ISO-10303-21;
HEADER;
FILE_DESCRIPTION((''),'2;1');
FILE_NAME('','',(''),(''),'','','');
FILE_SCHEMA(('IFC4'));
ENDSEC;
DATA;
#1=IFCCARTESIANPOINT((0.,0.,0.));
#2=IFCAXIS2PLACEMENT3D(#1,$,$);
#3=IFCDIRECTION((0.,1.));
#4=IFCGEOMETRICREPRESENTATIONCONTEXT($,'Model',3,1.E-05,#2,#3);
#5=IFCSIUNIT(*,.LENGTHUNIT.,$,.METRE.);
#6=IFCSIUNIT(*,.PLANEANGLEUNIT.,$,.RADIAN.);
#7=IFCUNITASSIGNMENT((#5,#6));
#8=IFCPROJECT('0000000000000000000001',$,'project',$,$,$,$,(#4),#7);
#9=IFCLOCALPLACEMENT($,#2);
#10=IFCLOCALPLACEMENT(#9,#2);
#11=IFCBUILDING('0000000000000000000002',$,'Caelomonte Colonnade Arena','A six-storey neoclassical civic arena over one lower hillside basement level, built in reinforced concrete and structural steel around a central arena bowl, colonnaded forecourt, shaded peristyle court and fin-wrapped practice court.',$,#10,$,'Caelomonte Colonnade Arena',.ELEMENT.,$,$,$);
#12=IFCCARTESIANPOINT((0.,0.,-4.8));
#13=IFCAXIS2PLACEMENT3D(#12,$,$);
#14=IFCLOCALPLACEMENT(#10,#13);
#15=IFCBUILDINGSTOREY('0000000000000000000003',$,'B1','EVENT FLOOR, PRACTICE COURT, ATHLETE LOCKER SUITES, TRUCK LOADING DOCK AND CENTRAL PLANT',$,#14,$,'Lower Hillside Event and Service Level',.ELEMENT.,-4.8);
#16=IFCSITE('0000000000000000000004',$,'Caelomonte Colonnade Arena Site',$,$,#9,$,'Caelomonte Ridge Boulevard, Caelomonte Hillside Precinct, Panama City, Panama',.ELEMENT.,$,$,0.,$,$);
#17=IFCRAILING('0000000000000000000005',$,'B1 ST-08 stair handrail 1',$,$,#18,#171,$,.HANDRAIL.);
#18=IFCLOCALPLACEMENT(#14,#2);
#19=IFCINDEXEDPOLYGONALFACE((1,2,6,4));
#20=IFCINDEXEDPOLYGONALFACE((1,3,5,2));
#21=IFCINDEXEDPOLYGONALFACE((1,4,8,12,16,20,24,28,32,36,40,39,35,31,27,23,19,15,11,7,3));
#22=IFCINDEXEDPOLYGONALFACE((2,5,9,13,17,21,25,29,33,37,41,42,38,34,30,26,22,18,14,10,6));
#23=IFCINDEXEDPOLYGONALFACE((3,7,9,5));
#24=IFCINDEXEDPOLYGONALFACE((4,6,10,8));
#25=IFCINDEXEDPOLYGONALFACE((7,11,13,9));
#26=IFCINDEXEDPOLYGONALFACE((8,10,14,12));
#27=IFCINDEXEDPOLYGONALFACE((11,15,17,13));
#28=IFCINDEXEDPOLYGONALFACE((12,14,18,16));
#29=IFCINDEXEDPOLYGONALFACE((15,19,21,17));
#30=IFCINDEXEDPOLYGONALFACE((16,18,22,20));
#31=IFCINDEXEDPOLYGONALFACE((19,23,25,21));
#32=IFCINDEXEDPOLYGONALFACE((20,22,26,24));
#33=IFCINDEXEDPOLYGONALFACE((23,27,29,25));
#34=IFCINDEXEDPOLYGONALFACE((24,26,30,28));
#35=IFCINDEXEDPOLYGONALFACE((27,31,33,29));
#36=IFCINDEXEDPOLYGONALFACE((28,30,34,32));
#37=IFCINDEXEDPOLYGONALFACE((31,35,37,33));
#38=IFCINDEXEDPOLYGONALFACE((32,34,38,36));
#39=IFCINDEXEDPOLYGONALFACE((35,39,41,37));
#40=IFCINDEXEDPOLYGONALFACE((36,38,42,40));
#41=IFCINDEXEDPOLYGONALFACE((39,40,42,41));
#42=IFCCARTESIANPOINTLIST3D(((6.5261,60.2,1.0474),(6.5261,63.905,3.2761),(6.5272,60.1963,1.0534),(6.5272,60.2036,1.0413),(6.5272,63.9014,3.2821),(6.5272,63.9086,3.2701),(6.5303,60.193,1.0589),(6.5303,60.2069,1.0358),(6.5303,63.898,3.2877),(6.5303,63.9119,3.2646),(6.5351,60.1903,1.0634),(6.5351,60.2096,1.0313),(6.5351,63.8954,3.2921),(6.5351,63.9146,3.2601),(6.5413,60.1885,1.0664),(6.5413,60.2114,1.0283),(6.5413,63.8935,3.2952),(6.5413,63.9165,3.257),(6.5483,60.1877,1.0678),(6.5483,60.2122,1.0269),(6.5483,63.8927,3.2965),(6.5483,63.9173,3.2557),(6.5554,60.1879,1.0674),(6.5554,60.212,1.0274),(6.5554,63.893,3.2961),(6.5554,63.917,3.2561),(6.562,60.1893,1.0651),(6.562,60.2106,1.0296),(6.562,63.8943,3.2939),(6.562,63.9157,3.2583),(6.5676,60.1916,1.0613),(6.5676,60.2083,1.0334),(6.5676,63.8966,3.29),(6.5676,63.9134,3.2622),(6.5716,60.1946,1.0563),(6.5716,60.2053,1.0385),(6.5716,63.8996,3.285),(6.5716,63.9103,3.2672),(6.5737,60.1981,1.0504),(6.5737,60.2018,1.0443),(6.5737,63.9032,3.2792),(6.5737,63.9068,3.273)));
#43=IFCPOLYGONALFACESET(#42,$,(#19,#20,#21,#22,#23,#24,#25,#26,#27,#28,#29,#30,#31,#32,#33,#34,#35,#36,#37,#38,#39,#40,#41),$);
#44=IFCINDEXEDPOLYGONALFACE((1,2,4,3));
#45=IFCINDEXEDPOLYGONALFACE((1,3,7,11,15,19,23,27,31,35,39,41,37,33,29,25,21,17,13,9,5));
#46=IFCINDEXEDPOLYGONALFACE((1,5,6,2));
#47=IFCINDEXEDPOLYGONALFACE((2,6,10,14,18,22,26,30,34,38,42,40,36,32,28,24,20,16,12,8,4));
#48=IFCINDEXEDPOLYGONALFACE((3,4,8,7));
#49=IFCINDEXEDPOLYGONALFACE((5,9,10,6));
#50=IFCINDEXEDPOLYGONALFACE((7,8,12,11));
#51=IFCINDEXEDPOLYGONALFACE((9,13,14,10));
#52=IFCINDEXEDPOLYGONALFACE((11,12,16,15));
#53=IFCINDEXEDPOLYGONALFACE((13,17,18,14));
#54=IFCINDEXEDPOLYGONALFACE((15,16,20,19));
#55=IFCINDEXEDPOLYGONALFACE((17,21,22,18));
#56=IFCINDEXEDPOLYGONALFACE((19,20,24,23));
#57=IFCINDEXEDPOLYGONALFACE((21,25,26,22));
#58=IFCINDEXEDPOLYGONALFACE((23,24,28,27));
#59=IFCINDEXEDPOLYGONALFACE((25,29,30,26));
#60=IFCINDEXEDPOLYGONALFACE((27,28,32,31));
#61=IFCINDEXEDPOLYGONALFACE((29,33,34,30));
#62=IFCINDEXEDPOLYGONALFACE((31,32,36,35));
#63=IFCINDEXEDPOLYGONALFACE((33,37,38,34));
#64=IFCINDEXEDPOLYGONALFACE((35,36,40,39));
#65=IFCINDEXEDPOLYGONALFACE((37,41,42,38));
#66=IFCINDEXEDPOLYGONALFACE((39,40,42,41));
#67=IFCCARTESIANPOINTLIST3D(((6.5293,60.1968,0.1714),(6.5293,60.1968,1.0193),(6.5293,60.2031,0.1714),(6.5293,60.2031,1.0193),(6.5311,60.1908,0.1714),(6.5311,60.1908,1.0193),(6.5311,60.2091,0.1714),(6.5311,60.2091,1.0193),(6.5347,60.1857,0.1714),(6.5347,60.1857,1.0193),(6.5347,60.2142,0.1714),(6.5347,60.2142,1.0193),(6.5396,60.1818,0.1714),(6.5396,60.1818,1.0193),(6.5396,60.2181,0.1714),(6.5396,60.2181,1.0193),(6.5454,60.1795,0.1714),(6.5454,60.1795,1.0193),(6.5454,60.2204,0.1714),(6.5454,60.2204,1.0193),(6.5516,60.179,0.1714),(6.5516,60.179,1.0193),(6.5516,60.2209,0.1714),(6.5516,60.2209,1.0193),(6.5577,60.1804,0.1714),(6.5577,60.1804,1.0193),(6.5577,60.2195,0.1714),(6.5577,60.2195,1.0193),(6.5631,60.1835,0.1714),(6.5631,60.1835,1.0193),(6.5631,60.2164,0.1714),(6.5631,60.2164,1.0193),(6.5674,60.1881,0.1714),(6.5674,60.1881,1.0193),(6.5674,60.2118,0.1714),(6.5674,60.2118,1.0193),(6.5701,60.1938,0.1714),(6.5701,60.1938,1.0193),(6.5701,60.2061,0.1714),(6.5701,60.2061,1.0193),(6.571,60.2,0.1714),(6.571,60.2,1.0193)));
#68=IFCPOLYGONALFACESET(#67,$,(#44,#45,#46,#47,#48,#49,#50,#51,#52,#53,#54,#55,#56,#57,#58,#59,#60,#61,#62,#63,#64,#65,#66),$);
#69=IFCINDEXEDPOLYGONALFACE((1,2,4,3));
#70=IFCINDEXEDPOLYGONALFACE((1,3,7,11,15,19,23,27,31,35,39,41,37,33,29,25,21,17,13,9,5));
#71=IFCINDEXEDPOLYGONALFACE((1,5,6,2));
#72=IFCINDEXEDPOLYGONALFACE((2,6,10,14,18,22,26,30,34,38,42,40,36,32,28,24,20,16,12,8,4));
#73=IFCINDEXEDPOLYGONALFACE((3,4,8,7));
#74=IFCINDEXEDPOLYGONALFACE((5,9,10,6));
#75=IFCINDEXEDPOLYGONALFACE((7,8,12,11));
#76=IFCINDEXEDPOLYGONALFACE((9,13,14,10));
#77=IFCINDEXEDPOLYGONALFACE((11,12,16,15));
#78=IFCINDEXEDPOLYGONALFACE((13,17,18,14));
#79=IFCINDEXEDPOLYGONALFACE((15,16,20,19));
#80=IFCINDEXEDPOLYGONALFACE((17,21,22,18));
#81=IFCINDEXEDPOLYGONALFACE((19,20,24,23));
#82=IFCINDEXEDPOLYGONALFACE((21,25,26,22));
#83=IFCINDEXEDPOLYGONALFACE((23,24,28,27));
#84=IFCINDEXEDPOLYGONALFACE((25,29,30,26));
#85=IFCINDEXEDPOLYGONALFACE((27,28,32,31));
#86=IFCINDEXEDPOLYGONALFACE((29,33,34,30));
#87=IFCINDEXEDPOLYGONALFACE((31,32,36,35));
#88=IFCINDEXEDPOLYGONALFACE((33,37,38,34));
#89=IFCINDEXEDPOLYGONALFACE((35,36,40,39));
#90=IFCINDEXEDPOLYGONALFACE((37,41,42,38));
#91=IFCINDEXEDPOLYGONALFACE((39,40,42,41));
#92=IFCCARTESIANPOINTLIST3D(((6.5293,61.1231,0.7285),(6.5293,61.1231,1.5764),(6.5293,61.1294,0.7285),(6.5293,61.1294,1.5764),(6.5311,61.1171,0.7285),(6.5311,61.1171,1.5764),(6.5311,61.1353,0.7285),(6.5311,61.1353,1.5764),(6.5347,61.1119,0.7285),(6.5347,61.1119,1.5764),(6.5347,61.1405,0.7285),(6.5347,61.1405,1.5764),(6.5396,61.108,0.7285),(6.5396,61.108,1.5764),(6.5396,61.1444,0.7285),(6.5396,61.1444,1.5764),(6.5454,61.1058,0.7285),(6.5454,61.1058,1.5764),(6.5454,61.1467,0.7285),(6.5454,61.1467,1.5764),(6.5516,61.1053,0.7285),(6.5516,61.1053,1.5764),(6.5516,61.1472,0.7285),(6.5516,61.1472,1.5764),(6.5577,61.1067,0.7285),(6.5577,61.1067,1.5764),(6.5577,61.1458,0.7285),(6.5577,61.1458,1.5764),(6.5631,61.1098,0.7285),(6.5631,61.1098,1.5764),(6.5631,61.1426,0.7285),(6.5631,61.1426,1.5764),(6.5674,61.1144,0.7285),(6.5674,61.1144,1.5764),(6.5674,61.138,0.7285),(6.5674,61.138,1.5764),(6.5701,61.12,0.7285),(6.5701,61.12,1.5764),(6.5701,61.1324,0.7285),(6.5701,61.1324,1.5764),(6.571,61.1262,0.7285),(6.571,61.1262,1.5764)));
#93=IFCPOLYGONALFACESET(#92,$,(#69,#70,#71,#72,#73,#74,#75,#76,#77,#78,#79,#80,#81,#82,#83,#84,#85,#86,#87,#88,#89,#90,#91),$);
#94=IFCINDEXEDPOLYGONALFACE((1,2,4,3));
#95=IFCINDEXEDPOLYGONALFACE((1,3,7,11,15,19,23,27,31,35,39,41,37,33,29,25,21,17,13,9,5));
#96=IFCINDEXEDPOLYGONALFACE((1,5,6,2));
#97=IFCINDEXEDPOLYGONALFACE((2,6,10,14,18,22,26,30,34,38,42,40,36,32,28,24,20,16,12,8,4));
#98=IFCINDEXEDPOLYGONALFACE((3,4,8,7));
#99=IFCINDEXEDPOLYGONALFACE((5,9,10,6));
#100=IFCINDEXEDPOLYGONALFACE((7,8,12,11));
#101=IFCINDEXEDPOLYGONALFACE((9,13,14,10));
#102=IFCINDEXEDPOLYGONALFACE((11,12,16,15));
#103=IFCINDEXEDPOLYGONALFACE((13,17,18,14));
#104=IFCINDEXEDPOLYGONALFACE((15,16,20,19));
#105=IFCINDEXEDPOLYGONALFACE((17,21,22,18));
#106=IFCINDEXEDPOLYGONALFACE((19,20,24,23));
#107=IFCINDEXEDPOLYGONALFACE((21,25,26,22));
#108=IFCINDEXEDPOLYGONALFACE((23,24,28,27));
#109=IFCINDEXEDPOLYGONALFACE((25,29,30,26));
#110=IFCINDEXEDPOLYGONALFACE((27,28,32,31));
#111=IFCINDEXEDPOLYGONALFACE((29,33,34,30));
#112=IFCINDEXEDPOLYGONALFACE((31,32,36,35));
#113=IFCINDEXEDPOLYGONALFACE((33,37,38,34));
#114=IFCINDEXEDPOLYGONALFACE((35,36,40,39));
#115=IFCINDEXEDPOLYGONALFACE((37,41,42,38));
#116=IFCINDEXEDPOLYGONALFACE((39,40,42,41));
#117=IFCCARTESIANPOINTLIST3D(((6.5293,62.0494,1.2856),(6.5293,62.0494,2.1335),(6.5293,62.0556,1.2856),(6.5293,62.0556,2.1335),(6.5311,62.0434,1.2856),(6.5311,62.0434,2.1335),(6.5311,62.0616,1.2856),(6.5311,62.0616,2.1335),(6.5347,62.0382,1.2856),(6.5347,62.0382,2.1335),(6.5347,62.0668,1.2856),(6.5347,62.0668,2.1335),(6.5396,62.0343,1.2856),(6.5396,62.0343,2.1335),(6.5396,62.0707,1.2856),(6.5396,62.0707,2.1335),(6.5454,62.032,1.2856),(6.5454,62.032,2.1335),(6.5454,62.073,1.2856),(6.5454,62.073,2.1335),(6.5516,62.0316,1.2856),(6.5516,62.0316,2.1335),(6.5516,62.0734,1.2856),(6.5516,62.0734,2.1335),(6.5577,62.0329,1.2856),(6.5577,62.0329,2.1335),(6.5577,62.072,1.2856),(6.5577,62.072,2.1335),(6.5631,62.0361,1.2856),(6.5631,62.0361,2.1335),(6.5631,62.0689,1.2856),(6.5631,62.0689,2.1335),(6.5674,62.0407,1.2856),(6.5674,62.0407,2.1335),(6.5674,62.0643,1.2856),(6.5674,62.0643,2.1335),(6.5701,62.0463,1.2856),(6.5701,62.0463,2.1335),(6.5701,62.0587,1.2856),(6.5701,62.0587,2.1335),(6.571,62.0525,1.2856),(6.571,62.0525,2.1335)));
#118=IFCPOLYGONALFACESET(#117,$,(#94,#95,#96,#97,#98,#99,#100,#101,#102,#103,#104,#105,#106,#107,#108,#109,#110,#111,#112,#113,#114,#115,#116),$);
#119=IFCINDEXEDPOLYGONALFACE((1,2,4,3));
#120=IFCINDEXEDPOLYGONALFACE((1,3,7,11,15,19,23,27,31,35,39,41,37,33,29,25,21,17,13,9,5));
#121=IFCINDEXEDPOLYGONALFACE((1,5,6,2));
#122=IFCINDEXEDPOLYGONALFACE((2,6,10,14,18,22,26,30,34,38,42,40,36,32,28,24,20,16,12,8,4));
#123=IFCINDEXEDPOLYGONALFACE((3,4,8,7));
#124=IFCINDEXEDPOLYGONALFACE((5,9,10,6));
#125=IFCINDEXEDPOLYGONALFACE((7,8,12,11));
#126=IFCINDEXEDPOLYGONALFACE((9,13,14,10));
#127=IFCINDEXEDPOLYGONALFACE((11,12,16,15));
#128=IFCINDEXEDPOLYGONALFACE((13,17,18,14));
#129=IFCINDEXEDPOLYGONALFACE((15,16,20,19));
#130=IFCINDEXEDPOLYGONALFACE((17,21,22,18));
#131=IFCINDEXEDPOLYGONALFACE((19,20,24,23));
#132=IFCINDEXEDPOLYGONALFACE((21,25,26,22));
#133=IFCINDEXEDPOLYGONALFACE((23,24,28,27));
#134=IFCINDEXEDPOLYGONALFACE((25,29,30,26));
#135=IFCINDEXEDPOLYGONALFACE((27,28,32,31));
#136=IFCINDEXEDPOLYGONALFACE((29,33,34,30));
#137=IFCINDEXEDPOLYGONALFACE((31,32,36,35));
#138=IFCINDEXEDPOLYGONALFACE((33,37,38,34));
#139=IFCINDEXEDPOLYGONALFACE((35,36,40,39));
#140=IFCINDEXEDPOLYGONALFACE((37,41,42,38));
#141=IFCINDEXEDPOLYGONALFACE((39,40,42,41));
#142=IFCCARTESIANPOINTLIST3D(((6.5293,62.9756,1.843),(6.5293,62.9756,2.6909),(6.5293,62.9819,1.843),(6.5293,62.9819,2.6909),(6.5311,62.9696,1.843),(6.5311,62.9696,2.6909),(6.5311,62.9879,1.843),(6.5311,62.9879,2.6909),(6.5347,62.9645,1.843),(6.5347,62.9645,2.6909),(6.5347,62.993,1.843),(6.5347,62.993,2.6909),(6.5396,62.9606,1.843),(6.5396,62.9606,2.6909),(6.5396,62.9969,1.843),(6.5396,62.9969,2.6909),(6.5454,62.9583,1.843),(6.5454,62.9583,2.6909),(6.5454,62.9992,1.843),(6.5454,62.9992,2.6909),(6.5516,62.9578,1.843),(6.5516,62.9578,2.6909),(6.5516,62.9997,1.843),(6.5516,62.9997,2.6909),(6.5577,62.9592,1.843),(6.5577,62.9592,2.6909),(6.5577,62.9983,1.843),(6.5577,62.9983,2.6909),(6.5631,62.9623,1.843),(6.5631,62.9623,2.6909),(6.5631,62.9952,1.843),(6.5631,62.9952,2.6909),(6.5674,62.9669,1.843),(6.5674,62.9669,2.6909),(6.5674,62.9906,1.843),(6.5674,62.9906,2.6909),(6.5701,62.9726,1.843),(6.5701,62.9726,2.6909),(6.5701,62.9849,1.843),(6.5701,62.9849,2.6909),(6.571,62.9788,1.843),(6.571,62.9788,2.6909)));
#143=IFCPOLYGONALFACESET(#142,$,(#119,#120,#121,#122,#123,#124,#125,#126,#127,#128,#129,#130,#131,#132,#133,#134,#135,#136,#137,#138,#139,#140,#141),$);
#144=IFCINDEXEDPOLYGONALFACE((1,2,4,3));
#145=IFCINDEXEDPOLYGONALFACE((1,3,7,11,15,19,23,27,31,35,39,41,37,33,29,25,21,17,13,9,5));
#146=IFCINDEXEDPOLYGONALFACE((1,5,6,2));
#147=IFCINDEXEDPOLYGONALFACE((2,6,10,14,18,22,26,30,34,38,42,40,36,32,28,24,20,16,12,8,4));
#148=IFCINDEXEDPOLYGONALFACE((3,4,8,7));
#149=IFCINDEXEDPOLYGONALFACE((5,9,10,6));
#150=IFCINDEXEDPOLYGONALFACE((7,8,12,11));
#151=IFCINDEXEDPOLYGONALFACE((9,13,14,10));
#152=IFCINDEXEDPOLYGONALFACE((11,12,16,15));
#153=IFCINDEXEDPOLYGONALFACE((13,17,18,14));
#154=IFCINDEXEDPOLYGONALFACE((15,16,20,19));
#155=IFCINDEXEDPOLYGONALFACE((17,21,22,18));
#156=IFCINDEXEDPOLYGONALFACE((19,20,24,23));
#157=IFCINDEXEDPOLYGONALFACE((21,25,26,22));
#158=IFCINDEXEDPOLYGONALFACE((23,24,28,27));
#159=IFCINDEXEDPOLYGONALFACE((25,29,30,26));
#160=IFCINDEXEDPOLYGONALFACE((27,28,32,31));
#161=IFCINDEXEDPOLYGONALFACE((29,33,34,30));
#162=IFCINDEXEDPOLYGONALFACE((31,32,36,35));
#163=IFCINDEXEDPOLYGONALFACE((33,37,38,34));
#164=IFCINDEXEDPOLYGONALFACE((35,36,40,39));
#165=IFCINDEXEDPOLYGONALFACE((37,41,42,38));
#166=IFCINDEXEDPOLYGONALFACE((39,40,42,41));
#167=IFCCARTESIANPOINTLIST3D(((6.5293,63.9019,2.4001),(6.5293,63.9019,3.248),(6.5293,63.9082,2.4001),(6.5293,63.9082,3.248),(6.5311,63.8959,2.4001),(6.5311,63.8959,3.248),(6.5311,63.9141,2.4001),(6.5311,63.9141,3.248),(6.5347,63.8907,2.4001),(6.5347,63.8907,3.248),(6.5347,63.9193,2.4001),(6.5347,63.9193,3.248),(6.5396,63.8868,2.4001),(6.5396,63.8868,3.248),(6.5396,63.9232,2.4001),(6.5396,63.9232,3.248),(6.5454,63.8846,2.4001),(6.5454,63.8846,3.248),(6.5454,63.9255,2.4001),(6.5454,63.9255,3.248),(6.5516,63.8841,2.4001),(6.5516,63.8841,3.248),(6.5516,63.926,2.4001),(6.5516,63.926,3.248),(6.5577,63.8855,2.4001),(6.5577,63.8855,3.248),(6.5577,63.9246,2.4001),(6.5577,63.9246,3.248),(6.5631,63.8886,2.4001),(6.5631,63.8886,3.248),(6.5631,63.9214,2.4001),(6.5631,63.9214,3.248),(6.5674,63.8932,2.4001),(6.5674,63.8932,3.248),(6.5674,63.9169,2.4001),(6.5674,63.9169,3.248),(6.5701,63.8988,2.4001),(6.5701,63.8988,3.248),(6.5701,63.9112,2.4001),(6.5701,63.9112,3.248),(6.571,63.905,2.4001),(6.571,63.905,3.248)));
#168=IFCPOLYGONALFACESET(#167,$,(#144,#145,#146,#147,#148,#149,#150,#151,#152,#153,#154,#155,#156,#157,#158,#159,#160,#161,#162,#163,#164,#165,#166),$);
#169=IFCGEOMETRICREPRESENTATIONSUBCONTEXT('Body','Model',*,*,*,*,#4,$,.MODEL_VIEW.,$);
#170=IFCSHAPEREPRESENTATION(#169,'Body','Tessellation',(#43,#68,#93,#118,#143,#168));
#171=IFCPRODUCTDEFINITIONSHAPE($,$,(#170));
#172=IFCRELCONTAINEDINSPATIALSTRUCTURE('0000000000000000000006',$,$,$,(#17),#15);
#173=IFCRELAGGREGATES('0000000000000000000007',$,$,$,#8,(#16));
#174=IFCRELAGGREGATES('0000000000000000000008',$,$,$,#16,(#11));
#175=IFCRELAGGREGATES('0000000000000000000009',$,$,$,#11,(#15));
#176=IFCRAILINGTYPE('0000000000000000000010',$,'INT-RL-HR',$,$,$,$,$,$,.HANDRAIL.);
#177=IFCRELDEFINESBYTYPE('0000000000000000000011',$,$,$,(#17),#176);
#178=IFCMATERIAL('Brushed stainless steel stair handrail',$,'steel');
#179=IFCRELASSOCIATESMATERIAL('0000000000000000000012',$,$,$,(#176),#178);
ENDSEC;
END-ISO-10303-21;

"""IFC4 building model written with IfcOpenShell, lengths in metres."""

from ifc_helpers import new_model, si_unit, direction, frame, origin, origin_2d, place, context, subcontext, project, spatial, circle, extrude, material, type_object, element, save


model = new_model("IFC4")

# Units and contexts
model_context = context("Model", 3, precision=1e-05, world=origin(), true_north=direction((0.0, 1.0)))
body_context = subcontext(model_context, "Body", "Model", "MODEL_VIEW")
ifc_project = project(units=[si_unit("LENGTHUNIT", "METRE"), si_unit("PLANEANGLEUNIT", "RADIAN")], contexts=[model_context])

# Site, building, storey
site_placement = place(None, origin())
site = spatial("IfcSite", under=ifc_project, at=site_placement, Name="Caelomonte Colonnade Arena Site", LongName="Caelomonte Ridge Boulevard, Caelomonte Hillside Precinct, Panama City, Panama", CompositionType="ELEMENT", RefElevation=0.0)
building_placement = place(site_placement, origin())
building = spatial("IfcBuilding", under=site, at=building_placement, Name="Caelomonte Colonnade Arena", Description="A six-storey neoclassical civic arena over one lower hillside basement level, built in reinforced concrete and structural steel around a central arena bowl, colonnaded forecourt, shaded peristyle court and fin-wrapped practice court.", LongName="Caelomonte Colonnade Arena", CompositionType="ELEMENT")
storey_placement = place(building_placement, frame((0.0, 0.0, -4.8)))
storey = spatial("IfcBuildingStorey", under=building, at=storey_placement, Name="B1", Description="EVENT FLOOR, PRACTICE COURT, ATHLETE LOCKER SUITES, TRUCK LOADING DOCK AND CENTRAL PLANT", LongName="Lower Hillside Event and Service Level", CompositionType="ELEMENT", Elevation=-4.8)

# Railing
ifc_material_1 = material(Name="Brushed stainless steel stair handrail", Category="steel")
railing_type_1 = type_object("IfcRailingType", Name="INT-RL-HR", PredefinedType="HANDRAIL", material=ifc_material_1)
railing_1_placement = place(storey_placement, frame((6.55, 60.2, 0.1714)))
element("IfcRailing", 1, at=railing_1_placement, inside=storey, type_object=railing_type_1, Name="B1 ST-08 stair handrail 1", PredefinedType="HANDRAIL", context=body_context, shape_type="SweptSolid", body=[
    extrude(circle(Radius=0.0239, at=origin_2d()), frame((0.0, 0.0, 0.876), z_axis=(0.0, 0.856909, 0.515467), x_axis=(-1.0, 0.0, 0.0)), (0.0, 0.0, 1.0), 4.3237),
    extrude(circle(Radius=0.021, at=origin_2d()), origin(), (0.0, 0.0, 1.0), 0.8479),
    extrude(circle(Radius=0.021, at=origin_2d()), frame((0.0, 0.9263, 0.5571)), (0.0, 0.0, 1.0), 0.8479),
    extrude(circle(Radius=0.021, at=origin_2d()), frame((0.0, 1.8525, 1.1143)), (0.0, 0.0, 1.0), 0.8479),
    extrude(circle(Radius=0.021, at=origin_2d()), frame((0.0, 2.7788, 1.6716)), (0.0, 0.0, 1.0), 0.8479),
    extrude(circle(Radius=0.021, at=origin_2d()), frame((0.0, 3.7051, 2.2288)), (0.0, 0.0, 1.0), 0.8479),
])

save(model, "model.ifc")
